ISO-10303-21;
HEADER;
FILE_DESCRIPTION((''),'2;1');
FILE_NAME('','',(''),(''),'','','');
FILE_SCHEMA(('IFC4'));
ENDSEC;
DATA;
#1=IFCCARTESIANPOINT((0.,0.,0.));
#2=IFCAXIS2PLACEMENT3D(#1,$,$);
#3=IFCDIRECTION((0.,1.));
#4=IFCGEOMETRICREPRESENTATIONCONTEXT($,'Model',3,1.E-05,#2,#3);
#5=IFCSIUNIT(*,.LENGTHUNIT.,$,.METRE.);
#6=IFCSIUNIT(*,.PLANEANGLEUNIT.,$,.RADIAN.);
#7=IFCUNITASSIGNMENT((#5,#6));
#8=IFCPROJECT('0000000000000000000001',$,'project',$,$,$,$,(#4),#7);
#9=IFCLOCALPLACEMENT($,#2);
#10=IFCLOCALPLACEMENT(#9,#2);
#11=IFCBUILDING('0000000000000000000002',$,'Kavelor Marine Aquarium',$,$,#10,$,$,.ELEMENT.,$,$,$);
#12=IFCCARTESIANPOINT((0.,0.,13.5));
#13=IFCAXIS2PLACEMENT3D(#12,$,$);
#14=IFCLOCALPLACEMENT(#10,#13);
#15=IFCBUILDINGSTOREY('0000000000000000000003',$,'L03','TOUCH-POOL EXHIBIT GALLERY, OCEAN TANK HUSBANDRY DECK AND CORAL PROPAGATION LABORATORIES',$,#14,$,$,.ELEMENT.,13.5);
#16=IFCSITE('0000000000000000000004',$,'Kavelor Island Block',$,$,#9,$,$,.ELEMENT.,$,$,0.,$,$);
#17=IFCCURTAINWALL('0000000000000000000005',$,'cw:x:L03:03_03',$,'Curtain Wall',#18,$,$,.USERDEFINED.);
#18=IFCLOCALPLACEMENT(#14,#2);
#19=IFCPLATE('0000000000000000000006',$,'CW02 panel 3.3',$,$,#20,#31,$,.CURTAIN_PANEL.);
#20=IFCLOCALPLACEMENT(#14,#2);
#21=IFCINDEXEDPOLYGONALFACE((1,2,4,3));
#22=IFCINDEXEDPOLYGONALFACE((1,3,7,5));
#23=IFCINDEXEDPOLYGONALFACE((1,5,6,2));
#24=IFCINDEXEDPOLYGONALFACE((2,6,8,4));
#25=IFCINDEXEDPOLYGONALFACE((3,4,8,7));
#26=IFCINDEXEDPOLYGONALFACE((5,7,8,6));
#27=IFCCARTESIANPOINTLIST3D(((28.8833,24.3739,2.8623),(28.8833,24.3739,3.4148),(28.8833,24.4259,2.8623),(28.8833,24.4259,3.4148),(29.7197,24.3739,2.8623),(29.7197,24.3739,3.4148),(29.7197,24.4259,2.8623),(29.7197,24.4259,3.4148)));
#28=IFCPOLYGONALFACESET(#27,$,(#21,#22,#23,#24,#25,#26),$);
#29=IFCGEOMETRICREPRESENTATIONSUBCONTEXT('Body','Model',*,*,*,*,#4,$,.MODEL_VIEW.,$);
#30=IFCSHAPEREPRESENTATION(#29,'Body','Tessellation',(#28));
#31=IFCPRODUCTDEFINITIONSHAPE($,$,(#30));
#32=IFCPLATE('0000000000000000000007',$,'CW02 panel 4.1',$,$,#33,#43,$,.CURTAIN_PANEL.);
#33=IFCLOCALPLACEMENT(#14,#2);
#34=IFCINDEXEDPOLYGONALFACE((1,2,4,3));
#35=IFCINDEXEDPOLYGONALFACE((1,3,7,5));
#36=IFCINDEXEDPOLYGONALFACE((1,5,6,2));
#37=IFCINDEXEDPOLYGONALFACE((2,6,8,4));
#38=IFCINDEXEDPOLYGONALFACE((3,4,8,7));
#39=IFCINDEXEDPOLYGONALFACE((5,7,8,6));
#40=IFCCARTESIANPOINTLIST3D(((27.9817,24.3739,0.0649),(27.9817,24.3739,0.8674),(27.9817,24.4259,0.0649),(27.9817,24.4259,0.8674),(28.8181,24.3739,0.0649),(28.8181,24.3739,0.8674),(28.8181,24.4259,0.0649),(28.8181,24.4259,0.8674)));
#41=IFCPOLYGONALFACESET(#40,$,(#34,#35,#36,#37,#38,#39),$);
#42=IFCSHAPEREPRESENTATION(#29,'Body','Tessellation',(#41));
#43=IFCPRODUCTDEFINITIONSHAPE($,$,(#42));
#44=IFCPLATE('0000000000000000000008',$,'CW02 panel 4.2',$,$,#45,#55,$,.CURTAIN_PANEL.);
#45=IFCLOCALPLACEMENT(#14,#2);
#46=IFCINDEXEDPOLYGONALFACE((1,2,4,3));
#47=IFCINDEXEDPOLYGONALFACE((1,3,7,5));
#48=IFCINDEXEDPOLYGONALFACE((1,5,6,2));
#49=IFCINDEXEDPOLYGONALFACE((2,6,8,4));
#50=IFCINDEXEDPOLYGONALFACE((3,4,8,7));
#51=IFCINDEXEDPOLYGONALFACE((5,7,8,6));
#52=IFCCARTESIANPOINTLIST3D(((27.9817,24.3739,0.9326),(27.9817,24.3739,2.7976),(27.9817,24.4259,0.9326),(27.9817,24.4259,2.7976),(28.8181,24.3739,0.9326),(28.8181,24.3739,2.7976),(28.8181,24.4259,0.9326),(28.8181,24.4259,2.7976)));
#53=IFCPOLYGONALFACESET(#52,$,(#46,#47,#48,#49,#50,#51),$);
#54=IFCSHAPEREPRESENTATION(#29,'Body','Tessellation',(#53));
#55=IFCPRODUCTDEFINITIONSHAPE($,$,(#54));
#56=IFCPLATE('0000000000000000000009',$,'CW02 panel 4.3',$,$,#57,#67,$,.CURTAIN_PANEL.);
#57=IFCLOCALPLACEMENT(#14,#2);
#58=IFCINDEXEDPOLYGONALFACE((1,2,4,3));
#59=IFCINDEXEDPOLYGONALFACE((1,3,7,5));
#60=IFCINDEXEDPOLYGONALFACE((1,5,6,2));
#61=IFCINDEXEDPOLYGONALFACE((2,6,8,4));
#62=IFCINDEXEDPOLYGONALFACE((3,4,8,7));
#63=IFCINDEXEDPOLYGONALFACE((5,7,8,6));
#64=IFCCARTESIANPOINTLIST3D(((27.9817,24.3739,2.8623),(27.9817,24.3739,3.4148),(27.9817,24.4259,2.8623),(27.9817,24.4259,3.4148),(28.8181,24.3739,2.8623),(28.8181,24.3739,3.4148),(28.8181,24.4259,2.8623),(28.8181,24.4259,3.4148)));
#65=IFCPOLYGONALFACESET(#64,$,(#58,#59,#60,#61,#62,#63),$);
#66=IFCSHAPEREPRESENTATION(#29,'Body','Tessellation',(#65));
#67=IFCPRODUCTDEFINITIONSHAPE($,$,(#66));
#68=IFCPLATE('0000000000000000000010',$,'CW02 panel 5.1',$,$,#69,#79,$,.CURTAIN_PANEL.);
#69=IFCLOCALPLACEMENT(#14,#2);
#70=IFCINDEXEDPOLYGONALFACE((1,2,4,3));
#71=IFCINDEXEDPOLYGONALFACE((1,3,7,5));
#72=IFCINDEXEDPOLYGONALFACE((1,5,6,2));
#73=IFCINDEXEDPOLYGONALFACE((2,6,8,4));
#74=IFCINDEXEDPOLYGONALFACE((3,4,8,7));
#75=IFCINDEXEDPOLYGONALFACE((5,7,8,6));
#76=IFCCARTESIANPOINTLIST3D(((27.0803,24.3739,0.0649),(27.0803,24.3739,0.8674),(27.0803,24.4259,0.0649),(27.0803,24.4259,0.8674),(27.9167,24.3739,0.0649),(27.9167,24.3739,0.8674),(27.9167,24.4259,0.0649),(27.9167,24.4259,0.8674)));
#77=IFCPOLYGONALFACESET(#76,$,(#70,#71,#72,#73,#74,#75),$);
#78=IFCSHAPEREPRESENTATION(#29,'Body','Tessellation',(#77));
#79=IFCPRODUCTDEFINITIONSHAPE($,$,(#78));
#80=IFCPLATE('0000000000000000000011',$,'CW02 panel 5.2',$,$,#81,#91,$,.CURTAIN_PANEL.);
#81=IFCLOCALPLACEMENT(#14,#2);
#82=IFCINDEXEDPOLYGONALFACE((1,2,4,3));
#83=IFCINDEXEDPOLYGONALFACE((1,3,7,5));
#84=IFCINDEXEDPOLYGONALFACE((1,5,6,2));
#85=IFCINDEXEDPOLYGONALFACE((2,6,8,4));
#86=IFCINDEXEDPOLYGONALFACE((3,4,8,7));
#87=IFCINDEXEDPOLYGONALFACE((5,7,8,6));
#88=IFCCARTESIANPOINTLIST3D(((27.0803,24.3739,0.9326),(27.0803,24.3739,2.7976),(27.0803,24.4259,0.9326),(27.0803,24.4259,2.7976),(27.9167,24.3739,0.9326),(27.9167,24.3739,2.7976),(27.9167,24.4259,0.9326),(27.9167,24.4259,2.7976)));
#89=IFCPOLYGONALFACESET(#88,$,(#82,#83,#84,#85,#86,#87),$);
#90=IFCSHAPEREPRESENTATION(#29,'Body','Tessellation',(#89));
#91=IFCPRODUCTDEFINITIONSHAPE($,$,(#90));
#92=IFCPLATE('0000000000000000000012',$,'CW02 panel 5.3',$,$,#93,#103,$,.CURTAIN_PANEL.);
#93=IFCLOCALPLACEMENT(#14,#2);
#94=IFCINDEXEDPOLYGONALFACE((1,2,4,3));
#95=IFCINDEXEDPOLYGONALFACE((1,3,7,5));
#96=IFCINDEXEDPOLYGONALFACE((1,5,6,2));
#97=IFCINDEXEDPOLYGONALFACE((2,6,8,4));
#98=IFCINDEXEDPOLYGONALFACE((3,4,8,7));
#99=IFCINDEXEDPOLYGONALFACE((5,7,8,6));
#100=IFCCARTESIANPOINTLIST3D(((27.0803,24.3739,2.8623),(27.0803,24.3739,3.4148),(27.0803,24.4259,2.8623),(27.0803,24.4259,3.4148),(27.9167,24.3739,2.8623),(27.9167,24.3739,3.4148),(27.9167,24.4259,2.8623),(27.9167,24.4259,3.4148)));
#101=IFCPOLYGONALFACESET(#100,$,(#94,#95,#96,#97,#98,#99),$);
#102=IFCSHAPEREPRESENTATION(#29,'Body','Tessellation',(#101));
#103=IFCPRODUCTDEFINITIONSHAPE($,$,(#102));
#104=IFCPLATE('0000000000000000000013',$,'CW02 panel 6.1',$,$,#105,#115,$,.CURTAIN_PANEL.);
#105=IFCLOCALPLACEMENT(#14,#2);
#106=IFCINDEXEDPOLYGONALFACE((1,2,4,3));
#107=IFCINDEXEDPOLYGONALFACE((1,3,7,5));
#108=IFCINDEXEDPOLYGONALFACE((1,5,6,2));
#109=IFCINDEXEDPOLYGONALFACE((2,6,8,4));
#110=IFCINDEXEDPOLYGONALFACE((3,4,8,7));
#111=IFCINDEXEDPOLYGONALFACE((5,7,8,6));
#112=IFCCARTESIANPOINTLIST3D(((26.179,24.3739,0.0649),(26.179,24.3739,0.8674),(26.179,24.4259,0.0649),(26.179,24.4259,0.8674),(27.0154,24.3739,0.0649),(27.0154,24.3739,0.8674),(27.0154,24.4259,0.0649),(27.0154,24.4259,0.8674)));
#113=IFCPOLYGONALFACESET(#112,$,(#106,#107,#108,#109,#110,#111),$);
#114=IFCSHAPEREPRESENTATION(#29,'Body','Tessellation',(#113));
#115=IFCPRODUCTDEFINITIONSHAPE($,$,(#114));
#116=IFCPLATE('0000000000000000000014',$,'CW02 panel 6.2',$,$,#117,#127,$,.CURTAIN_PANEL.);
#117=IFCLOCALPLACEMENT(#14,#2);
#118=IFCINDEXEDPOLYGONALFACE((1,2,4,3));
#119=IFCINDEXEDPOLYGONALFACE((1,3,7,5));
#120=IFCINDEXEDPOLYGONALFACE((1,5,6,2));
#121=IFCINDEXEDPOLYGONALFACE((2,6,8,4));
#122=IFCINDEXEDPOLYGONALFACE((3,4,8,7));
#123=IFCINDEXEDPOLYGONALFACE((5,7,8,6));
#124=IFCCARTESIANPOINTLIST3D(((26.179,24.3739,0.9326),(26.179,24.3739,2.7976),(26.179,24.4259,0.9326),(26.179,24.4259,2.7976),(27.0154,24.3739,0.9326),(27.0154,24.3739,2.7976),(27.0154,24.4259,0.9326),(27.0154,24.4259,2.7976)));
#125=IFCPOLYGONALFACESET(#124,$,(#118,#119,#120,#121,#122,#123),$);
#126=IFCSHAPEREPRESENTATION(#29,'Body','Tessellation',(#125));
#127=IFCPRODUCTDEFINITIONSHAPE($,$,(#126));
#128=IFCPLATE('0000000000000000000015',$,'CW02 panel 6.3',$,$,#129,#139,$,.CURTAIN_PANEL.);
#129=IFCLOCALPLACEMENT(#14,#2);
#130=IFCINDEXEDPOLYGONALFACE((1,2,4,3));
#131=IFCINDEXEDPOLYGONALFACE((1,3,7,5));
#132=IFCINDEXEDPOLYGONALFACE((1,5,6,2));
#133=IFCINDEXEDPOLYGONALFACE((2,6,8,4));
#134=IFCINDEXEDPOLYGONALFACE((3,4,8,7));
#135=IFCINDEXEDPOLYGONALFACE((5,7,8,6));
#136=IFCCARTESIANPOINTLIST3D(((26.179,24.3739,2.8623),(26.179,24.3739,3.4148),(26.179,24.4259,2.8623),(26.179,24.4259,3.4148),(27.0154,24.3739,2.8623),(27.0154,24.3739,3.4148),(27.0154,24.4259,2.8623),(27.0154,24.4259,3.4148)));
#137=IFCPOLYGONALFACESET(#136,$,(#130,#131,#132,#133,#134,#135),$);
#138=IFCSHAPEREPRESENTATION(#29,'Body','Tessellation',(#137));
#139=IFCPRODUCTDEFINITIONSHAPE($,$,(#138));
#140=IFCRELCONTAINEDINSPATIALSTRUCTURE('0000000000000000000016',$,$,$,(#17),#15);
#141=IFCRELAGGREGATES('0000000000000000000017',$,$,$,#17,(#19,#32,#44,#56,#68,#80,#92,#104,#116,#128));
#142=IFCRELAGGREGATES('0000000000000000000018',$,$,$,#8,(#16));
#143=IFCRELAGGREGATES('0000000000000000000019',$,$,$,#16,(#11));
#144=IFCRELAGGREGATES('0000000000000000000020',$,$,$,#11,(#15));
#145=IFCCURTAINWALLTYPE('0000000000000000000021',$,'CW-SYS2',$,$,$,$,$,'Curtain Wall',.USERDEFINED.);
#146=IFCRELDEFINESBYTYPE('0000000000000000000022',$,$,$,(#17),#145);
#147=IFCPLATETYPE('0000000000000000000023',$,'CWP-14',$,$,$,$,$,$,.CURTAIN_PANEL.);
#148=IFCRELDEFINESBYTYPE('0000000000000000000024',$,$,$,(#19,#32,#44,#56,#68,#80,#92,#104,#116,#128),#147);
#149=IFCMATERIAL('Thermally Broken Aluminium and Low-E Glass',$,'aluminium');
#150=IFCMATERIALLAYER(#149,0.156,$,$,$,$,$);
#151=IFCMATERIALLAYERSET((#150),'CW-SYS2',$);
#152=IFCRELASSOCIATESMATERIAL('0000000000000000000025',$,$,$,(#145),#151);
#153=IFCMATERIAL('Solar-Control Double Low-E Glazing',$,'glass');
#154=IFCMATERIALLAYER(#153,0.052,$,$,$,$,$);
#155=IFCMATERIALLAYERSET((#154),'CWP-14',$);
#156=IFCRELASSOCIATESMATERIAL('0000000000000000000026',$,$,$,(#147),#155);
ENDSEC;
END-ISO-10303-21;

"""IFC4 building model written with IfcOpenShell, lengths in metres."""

from ifc_helpers import new_model, si_unit, direction, frame, origin, origin_2d, place, context, subcontext, project, spatial, rectangle, extrude, material, layer, layer_set, type_object, element, aggregate, save


model = new_model("IFC4")

# Units and contexts
model_context = context("Model", 3, precision=1e-05, world=origin(), true_north=direction((0.0, 1.0)))
body_context = subcontext(model_context, "Body", "Model", "MODEL_VIEW")
ifc_project = project(units=[si_unit("LENGTHUNIT", "METRE"), si_unit("PLANEANGLEUNIT", "RADIAN")], contexts=[model_context])

# Site, building, storey
site_placement = place(None, origin())
site = spatial("IfcSite", under=ifc_project, at=site_placement, Name="Kavelor Island Block", CompositionType="ELEMENT", RefElevation=0.0)
building_placement = place(site_placement, origin())
building = spatial("IfcBuilding", under=site, at=building_placement, Name="Kavelor Marine Aquarium", CompositionType="ELEMENT")
storey_placement = place(building_placement, frame((0.0, 0.0, 13.5)))
storey = spatial("IfcBuildingStorey", under=building, at=storey_placement, Name="L03", Description="TOUCH-POOL EXHIBIT GALLERY, OCEAN TANK HUSBANDRY DECK AND CORAL PROPAGATION LABORATORIES", CompositionType="ELEMENT", Elevation=13.5)

# Curtain wall, plates
ifc_material_1 = material(Name="Thermally Broken Aluminium and Low-E Glass", Category="aluminium")
ifc_layer_1 = layer(ifc_material_1, 0.156)
ifc_layer_set_1 = layer_set([ifc_layer_1], Name="CW-SYS2")
curtain_wall_type = type_object("IfcCurtainWallType", Name="CW-SYS2", ElementType="Curtain Wall", PredefinedType="USERDEFINED", material=ifc_layer_set_1)
curtain_wall_placement = place(storey_placement, origin())
curtain_wall = element("IfcCurtainWall", 1, at=curtain_wall_placement, inside=storey, type_object=curtain_wall_type, Name="cw:x:L03:03_03", ObjectType="Curtain Wall", PredefinedType="USERDEFINED")
ifc_material_2 = material(Name="Solar-Control Double Low-E Glazing", Category="glass")
ifc_layer_2 = layer(ifc_material_2, 0.052)
ifc_layer_set_2 = layer_set([ifc_layer_2], Name="CWP-14")
plate_type = type_object("IfcPlateType", Name="CWP-14", PredefinedType="CURTAIN_PANEL", material=ifc_layer_set_2)
plate_1_placement = place(storey_placement, frame((29.3015, 24.3999, 2.8623), z_axis=(0.0, 0.0, 1.0), x_axis=(-1.0, 0.0, 0.0)))
plate_1 = element("IfcPlate", 2, at=plate_1_placement, type_object=plate_type, Name="CW02 panel 3.3", PredefinedType="CURTAIN_PANEL", context=body_context, shape_type="SweptSolid", body=[
    extrude(rectangle(XDim=0.8364, YDim=0.052, at=origin_2d()), origin(), (0.0, 0.0, 1.0), 0.5525),
])
plate_2_placement = place(storey_placement, frame((28.3999, 24.3999, 0.0649), z_axis=(0.0, 0.0, 1.0), x_axis=(-1.0, 0.0, 0.0)))
plate_2 = element("IfcPlate", 3, at=plate_2_placement, type_object=plate_type, Name="CW02 panel 4.1", PredefinedType="CURTAIN_PANEL", context=body_context, shape_type="SweptSolid", body=[
    extrude(rectangle(XDim=0.8364, YDim=0.052, at=origin_2d()), origin(), (0.0, 0.0, 1.0), 0.8025),
])
plate_3_placement = place(storey_placement, frame((28.3999, 24.3999, 0.9326), z_axis=(0.0, 0.0, 1.0), x_axis=(-1.0, 0.0, 0.0)))
plate_3 = element("IfcPlate", 4, at=plate_3_placement, type_object=plate_type, Name="CW02 panel 4.2", PredefinedType="CURTAIN_PANEL", context=body_context, shape_type="SweptSolid", body=[
    extrude(rectangle(XDim=0.8364, YDim=0.052, at=origin_2d()), origin(), (0.0, 0.0, 1.0), 1.865),
])
plate_4_placement = place(storey_placement, frame((28.3999, 24.3999, 2.8623), z_axis=(0.0, 0.0, 1.0), x_axis=(-1.0, 0.0, 0.0)))
plate_4 = element("IfcPlate", 5, at=plate_4_placement, type_object=plate_type, Name="CW02 panel 4.3", PredefinedType="CURTAIN_PANEL", context=body_context, shape_type="SweptSolid", body=[
    extrude(rectangle(XDim=0.8364, YDim=0.052, at=origin_2d()), origin(), (0.0, 0.0, 1.0), 0.5525),
])
plate_5_placement = place(storey_placement, frame((27.4985, 24.3999, 0.0649), z_axis=(0.0, 0.0, 1.0), x_axis=(-1.0, 0.0, 0.0)))
plate_5 = element("IfcPlate", 6, at=plate_5_placement, type_object=plate_type, Name="CW02 panel 5.1", PredefinedType="CURTAIN_PANEL", context=body_context, shape_type="SweptSolid", body=[
    extrude(rectangle(XDim=0.8364, YDim=0.052, at=origin_2d()), origin(), (0.0, 0.0, 1.0), 0.8025),
])
plate_6_placement = place(storey_placement, frame((27.4985, 24.3999, 0.9326), z_axis=(0.0, 0.0, 1.0), x_axis=(-1.0, 0.0, 0.0)))
plate_6 = element("IfcPlate", 7, at=plate_6_placement, type_object=plate_type, Name="CW02 panel 5.2", PredefinedType="CURTAIN_PANEL", context=body_context, shape_type="SweptSolid", body=[
    extrude(rectangle(XDim=0.8364, YDim=0.052, at=origin_2d()), origin(), (0.0, 0.0, 1.0), 1.865),
])
plate_7_placement = place(storey_placement, frame((27.4985, 24.3999, 2.8623), z_axis=(0.0, 0.0, 1.0), x_axis=(-1.0, 0.0, 0.0)))
plate_7 = element("IfcPlate", 8, at=plate_7_placement, type_object=plate_type, Name="CW02 panel 5.3", PredefinedType="CURTAIN_PANEL", context=body_context, shape_type="SweptSolid", body=[
    extrude(rectangle(XDim=0.8364, YDim=0.052, at=origin_2d()), origin(), (0.0, 0.0, 1.0), 0.5525),
])
plate_8_placement = place(storey_placement, frame((26.5972, 24.3999, 0.0649), z_axis=(0.0, 0.0, 1.0), x_axis=(-1.0, 0.0, 0.0)))
plate_8 = element("IfcPlate", 9, at=plate_8_placement, type_object=plate_type, Name="CW02 panel 6.1", PredefinedType="CURTAIN_PANEL", context=body_context, shape_type="SweptSolid", body=[
    extrude(rectangle(XDim=0.8364, YDim=0.052, at=origin_2d()), origin(), (0.0, 0.0, 1.0), 0.8025),
])
plate_9_placement = place(storey_placement, frame((26.5972, 24.3999, 0.9326), z_axis=(0.0, 0.0, 1.0), x_axis=(-1.0, 0.0, 0.0)))
plate_9 = element("IfcPlate", 10, at=plate_9_placement, type_object=plate_type, Name="CW02 panel 6.2", PredefinedType="CURTAIN_PANEL", context=body_context, shape_type="SweptSolid", body=[
    extrude(rectangle(XDim=0.8364, YDim=0.052, at=origin_2d()), origin(), (0.0, 0.0, 1.0), 1.865),
])
plate_10_placement = place(storey_placement, frame((26.5972, 24.3999, 2.8623), z_axis=(0.0, 0.0, 1.0), x_axis=(-1.0, 0.0, 0.0)))
plate_10 = element("IfcPlate", 11, at=plate_10_placement, type_object=plate_type, Name="CW02 panel 6.3", PredefinedType="CURTAIN_PANEL", context=body_context, shape_type="SweptSolid", body=[
    extrude(rectangle(XDim=0.8364, YDim=0.052, at=origin_2d()), origin(), (0.0, 0.0, 1.0), 0.5525),
])
aggregate(curtain_wall, [plate_1, plate_2, plate_3, plate_4, plate_5, plate_6, plate_7, plate_8, plate_9, plate_10])

save(model, "model.ifc")
